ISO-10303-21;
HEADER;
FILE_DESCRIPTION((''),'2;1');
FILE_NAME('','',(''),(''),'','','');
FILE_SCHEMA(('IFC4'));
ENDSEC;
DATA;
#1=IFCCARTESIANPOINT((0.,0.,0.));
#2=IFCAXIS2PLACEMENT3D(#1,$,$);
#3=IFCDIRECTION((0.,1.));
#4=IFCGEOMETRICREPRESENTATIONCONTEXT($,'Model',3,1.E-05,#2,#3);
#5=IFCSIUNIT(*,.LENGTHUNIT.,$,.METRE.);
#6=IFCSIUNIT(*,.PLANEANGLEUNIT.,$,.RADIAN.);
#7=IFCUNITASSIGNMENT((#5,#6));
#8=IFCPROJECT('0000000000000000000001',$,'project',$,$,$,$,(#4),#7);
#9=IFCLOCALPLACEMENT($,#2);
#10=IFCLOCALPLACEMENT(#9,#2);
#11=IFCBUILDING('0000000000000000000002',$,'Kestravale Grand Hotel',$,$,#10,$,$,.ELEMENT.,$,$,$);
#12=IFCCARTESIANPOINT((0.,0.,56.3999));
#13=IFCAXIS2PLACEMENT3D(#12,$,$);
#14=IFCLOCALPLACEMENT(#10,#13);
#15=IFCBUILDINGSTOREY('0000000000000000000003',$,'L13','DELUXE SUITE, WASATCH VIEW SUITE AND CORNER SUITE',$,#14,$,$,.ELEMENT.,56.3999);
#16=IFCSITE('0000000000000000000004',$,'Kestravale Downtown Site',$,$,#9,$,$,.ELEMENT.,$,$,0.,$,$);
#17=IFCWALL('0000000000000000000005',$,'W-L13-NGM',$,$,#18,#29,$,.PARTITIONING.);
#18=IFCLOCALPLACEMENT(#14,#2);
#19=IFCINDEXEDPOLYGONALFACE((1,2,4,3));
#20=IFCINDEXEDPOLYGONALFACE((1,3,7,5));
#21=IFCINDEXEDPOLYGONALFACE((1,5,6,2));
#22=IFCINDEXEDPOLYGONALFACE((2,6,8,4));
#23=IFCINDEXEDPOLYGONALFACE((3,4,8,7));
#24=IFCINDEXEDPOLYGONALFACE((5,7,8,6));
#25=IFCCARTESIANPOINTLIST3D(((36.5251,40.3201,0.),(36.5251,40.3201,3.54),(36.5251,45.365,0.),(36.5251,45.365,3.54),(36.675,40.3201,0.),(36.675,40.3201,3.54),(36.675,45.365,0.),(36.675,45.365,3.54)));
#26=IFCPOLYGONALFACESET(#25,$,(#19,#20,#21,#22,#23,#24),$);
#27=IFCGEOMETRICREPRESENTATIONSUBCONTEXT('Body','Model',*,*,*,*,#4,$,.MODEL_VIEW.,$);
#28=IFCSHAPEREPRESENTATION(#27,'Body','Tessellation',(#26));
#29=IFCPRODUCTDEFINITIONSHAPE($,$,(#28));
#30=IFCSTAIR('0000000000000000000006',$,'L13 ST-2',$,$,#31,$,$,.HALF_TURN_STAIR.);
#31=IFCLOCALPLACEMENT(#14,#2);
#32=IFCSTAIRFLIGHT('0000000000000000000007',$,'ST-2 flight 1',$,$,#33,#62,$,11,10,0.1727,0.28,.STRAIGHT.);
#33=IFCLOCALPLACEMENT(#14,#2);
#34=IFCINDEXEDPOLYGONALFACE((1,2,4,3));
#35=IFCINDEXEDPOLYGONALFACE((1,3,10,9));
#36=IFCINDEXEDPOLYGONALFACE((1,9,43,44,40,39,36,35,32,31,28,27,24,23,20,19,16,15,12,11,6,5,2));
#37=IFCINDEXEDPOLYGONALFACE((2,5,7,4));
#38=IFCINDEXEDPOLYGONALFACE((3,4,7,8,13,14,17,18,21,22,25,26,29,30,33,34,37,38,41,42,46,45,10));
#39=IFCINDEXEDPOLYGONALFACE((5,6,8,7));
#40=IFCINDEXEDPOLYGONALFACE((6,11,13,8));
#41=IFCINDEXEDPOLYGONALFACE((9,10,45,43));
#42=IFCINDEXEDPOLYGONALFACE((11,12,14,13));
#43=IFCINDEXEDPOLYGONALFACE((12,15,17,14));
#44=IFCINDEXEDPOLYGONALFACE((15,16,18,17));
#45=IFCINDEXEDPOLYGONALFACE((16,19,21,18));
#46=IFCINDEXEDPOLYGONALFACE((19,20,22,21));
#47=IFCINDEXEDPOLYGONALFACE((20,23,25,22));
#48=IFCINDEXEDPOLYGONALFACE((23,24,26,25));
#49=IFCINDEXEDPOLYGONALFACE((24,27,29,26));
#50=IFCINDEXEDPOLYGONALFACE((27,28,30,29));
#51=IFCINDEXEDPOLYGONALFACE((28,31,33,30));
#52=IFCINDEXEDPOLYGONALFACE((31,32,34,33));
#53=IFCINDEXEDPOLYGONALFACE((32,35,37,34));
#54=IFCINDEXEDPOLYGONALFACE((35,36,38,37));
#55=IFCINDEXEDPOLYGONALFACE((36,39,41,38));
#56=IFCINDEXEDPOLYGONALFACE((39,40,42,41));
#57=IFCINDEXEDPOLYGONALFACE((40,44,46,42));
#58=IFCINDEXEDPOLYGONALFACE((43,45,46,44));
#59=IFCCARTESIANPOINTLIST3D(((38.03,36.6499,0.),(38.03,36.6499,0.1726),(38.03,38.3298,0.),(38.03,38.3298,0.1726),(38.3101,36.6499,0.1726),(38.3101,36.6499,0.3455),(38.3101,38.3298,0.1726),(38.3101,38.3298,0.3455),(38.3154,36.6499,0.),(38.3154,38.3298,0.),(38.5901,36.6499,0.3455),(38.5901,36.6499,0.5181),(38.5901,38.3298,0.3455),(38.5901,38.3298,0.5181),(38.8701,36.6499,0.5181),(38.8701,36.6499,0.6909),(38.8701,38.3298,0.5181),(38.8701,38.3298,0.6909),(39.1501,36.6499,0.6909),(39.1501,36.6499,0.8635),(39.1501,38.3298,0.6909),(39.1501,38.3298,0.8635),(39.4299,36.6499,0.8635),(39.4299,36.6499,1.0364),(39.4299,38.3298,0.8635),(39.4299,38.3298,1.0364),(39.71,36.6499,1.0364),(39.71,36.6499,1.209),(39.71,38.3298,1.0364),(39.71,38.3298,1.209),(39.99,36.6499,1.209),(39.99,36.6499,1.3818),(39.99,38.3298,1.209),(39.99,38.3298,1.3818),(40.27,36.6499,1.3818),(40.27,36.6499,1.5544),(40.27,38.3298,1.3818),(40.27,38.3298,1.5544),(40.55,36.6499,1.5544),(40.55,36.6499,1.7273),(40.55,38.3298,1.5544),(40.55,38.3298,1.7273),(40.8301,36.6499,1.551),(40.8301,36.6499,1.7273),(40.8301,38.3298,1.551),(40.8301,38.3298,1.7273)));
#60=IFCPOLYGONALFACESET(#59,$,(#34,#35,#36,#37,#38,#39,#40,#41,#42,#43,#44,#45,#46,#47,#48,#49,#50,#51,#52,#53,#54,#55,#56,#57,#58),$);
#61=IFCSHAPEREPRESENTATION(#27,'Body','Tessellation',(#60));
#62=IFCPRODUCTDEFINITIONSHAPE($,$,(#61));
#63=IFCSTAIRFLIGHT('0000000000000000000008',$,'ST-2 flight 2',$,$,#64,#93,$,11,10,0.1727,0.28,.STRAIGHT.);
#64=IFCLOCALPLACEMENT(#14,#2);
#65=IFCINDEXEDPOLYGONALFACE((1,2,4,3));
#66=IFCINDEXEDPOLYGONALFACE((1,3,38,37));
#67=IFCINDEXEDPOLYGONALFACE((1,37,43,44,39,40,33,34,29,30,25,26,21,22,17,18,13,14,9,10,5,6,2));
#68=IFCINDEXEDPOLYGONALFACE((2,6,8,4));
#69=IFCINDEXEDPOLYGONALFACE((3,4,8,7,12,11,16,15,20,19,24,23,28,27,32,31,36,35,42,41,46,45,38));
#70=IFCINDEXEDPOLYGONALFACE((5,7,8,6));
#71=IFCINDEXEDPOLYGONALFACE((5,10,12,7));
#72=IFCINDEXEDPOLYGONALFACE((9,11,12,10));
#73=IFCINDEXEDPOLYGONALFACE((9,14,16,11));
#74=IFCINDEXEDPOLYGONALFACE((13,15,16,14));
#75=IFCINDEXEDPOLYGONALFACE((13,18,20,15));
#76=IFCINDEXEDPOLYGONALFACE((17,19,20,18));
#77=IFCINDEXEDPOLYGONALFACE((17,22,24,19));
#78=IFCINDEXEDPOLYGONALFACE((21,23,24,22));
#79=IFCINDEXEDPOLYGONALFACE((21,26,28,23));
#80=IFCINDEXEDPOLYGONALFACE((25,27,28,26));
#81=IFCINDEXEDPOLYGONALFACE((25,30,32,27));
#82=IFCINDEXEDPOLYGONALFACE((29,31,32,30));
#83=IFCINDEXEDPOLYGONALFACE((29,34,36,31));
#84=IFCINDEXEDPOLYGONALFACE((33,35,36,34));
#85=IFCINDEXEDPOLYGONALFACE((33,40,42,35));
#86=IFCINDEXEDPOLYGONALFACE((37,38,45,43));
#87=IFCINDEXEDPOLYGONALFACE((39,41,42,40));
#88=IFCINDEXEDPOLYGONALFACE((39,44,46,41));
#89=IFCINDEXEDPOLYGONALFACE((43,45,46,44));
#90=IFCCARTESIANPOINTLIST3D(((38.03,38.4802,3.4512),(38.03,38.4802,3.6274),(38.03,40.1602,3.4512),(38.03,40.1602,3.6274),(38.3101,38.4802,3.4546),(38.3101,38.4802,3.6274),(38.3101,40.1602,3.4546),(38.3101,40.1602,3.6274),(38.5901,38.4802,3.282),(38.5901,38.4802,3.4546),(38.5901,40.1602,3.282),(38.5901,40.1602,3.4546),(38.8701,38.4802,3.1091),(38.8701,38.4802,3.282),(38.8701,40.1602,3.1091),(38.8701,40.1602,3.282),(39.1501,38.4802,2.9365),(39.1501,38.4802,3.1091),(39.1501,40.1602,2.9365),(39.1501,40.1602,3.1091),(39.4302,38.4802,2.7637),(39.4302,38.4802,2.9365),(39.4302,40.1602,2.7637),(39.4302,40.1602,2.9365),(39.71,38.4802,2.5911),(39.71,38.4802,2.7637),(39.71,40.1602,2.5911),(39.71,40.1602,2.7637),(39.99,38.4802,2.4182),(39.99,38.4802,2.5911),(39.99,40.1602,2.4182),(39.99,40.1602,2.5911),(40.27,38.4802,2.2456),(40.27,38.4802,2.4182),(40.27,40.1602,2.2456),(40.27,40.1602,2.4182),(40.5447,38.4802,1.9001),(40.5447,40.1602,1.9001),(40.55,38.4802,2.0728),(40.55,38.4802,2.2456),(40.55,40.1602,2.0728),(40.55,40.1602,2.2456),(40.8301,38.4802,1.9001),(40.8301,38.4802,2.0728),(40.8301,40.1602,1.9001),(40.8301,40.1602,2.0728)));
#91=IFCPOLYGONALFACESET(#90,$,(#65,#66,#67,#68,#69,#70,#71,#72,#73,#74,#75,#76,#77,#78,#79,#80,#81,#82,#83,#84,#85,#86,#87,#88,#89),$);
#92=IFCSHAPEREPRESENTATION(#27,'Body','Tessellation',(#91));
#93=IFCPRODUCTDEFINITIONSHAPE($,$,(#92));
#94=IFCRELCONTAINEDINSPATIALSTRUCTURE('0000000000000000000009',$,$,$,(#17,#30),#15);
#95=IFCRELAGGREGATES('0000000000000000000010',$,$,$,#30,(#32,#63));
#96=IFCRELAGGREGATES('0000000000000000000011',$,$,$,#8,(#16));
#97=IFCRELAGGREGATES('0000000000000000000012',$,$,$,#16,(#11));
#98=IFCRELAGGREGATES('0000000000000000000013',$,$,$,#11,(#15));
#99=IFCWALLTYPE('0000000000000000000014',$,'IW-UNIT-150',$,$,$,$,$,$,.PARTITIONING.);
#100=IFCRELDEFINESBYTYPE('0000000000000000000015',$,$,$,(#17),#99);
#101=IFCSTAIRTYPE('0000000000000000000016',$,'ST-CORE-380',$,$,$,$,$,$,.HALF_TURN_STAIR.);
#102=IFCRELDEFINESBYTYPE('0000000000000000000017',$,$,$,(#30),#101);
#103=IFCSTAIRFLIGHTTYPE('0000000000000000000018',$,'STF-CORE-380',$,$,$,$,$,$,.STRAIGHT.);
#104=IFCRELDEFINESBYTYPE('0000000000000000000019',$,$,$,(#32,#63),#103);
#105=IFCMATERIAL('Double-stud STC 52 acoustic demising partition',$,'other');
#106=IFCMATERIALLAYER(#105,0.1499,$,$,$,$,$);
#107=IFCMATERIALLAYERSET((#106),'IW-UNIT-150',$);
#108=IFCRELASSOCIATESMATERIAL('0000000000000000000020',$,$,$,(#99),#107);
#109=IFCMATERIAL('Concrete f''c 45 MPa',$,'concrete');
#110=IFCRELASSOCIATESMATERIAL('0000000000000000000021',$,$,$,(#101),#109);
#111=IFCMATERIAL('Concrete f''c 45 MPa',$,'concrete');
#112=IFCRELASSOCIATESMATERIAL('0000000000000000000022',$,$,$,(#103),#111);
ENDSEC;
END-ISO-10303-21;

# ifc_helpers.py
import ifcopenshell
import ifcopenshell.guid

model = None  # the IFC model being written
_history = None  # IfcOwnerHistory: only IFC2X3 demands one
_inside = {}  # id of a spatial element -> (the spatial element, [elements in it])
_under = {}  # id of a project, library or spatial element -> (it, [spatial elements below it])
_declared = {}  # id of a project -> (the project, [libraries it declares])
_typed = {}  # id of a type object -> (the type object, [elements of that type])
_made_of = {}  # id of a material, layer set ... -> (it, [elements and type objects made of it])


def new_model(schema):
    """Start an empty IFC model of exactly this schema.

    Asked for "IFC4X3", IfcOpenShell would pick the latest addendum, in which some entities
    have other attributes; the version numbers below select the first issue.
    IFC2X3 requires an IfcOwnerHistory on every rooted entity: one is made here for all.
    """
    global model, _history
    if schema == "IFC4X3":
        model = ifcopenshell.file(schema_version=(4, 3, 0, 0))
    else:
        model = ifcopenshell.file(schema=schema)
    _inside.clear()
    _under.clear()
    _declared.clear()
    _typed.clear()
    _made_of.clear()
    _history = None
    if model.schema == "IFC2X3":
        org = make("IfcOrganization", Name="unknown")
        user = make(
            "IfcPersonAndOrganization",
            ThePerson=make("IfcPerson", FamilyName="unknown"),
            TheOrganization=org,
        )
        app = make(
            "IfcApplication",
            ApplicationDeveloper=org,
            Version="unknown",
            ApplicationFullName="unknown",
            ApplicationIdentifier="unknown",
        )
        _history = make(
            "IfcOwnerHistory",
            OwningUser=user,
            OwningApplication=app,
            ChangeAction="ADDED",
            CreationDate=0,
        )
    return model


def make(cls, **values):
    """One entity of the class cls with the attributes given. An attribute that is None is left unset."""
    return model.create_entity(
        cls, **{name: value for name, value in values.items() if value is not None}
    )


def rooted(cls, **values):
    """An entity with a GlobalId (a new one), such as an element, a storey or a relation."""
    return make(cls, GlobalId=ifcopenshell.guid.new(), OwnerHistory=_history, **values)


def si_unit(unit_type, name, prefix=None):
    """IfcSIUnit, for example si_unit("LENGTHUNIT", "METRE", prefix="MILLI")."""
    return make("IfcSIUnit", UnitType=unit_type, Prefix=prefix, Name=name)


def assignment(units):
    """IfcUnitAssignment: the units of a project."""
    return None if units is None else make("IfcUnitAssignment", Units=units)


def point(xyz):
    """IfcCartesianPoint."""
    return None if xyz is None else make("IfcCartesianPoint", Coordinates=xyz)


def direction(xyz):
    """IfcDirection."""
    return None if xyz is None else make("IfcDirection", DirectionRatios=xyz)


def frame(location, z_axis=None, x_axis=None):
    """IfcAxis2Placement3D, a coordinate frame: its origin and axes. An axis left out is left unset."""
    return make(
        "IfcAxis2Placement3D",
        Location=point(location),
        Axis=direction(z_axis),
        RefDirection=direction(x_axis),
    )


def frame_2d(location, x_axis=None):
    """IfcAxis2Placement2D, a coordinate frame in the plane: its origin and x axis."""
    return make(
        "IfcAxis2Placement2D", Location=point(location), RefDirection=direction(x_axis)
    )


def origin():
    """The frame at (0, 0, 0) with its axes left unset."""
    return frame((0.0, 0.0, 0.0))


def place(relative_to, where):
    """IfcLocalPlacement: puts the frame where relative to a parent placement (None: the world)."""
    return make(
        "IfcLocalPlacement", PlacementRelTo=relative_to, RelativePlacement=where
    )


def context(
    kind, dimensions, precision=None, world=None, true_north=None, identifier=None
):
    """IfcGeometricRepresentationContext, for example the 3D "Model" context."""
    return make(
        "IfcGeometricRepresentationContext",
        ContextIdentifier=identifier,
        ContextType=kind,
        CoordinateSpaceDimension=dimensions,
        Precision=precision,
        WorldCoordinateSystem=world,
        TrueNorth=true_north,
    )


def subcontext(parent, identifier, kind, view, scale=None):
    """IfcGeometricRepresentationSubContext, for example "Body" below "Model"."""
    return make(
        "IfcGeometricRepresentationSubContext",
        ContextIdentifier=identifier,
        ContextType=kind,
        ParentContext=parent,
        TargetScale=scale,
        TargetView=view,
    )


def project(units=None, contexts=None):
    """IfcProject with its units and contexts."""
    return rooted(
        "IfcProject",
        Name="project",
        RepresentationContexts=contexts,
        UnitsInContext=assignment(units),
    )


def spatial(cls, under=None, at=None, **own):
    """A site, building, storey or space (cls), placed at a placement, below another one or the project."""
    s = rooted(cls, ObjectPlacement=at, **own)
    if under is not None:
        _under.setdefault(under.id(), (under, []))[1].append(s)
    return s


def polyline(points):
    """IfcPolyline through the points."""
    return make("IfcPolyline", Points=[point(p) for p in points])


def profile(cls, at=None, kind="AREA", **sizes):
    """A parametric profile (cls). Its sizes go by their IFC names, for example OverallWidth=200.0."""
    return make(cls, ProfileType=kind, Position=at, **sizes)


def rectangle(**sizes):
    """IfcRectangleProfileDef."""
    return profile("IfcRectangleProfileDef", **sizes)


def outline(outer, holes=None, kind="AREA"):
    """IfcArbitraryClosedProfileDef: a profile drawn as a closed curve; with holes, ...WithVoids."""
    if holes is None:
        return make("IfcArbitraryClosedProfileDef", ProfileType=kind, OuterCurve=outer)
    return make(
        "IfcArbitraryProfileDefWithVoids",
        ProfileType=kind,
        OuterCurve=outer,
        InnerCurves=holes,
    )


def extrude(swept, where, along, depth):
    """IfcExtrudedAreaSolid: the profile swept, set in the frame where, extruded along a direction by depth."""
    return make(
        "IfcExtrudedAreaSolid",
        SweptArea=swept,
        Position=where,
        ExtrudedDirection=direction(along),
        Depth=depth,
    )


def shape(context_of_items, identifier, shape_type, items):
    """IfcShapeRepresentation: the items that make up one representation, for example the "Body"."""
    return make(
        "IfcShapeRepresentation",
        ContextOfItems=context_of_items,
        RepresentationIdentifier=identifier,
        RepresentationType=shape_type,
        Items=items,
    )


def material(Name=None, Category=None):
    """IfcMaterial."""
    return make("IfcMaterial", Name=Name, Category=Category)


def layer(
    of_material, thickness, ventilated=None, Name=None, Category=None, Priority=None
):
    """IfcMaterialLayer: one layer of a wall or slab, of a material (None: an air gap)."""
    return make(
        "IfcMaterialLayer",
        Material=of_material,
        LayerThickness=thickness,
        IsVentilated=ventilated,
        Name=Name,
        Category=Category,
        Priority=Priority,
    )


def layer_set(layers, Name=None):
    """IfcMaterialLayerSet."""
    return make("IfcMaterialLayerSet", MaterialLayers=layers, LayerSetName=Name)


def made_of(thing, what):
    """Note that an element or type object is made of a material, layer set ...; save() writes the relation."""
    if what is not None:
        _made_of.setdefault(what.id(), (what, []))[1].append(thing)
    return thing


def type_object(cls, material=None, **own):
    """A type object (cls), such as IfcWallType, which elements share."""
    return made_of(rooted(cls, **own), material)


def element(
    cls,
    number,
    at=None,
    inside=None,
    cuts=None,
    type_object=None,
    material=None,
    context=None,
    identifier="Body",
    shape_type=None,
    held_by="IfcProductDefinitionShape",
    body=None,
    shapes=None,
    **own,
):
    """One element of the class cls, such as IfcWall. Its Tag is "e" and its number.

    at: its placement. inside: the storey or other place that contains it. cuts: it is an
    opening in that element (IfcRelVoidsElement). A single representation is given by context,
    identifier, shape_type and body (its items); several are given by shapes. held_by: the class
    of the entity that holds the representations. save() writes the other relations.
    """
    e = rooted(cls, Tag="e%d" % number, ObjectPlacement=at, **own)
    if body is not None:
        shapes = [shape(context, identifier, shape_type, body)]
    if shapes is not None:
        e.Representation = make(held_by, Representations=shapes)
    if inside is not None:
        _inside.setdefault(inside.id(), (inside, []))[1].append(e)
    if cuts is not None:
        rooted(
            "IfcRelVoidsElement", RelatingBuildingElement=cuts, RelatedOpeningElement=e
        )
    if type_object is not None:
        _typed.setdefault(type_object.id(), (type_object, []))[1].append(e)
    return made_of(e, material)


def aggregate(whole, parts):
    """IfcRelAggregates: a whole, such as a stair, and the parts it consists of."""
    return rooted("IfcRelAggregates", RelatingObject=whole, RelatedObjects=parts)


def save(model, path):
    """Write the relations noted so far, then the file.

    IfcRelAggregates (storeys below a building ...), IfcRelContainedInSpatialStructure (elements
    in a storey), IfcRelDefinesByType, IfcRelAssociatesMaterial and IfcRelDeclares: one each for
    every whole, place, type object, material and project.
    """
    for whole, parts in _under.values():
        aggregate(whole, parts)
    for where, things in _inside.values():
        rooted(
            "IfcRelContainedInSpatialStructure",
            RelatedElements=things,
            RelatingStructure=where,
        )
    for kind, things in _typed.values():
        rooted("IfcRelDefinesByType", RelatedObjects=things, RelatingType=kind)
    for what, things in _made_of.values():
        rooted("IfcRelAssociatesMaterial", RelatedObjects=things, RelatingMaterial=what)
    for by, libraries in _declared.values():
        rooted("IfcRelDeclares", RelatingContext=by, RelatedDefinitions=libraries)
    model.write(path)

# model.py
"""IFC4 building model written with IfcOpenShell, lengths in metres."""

from ifc_helpers import new_model, si_unit, direction, frame, frame_2d, origin, place, context, subcontext, project, spatial, polyline, rectangle, outline, extrude, material, layer, layer_set, type_object, element, aggregate, save


model = new_model("IFC4")

# Units and contexts
model_context = context("Model", 3, precision=1e-05, world=origin(), true_north=direction((0.0, 1.0)))
body_context = subcontext(model_context, "Body", "Model", "MODEL_VIEW")
ifc_project = project(units=[si_unit("LENGTHUNIT", "METRE"), si_unit("PLANEANGLEUNIT", "RADIAN")], contexts=[model_context])

# Site, building, storey
site_placement = place(None, origin())
site = spatial("IfcSite", under=ifc_project, at=site_placement, Name="Kestravale Downtown Site", CompositionType="ELEMENT", RefElevation=0.0)
building_placement = place(site_placement, origin())
building = spatial("IfcBuilding", under=site, at=building_placement, Name="Kestravale Grand Hotel", CompositionType="ELEMENT")
storey_placement = place(building_placement, frame((0.0, 0.0, 56.3999)))
storey = spatial("IfcBuildingStorey", under=building, at=storey_placement, Name="L13", Description="DELUXE SUITE, WASATCH VIEW SUITE AND CORNER SUITE", CompositionType="ELEMENT", Elevation=56.3999)

# Wall
ifc_material_1 = material(Name="Double-stud STC 52 acoustic demising partition", Category="other")
ifc_layer_1 = layer(ifc_material_1, 0.1499)
ifc_layer_set_1 = layer_set([ifc_layer_1], Name="IW-UNIT-150")
wall_type_1 = type_object("IfcWallType", Name="IW-UNIT-150", PredefinedType="PARTITIONING", material=ifc_layer_set_1)
wall_1_placement = place(storey_placement, frame((36.6001, 40.3201, 0.0), z_axis=(0.0, 0.0, 1.0), x_axis=(0.0, 1.0, 0.0)))
element("IfcWall", 1, at=wall_1_placement, inside=storey, type_object=wall_type_1, Name="W-L13-NGM", PredefinedType="PARTITIONING", context=body_context, shape_type="SweptSolid", body=[
    extrude(rectangle(XDim=5.0449, YDim=0.1499, at=frame_2d((2.5225, 0.0))), origin(), (0.0, 0.0, 1.0), 3.54),
])

# Stair, stair flights
ifc_material_2 = material(Name="Concrete f'c 45 MPa", Category="concrete")
stair_type = type_object("IfcStairType", Name="ST-CORE-380", PredefinedType="HALF_TURN_STAIR", material=ifc_material_2)
stair_placement = place(storey_placement, origin())
stair = element("IfcStair", 2, at=stair_placement, inside=storey, type_object=stair_type, Name="L13 ST-2", PredefinedType="HALF_TURN_STAIR")
ifc_material_3 = material(Name="Concrete f'c 45 MPa", Category="concrete")
stair_flight_type = type_object("IfcStairFlightType", Name="STF-CORE-380", PredefinedType="STRAIGHT", material=ifc_material_3)
stair_flight_1_placement = place(storey_placement, frame((38.03, 37.49, 0.0), z_axis=(0.0, 0.0, 1.0), x_axis=(1.0, 0.0, 0.0)))
stair_flight_1 = element("IfcStairFlight", 3, at=stair_flight_1_placement, type_object=stair_flight_type, Name="ST-2 flight 1", NumberOfRisers=11, NumberOfTreads=10, PredefinedType="STRAIGHT", RiserHeight=0.1727, TreadLength=0.28, context=body_context, shape_type="SweptSolid", body=[
    extrude(outline(polyline([(0.0, 0.0), (0.0, 0.1726), (0.28, 0.1726), (0.28, 0.3455), (0.5601, 0.3455), (0.5601, 0.5181), (0.8401, 0.5181), (0.8401, 0.6909), (1.1201, 0.6909), (1.1201, 0.8635), (1.3999, 0.8635), (1.3999, 1.0364), (1.6799, 1.0364), (1.6799, 1.209), (1.96, 1.209), (1.96, 1.3818), (2.24, 1.3818), (2.24, 1.5544), (2.52, 1.5544), (2.52, 1.7273), (2.8, 1.7273), (2.8, 1.8999), (2.8, 1.551), (0.2854, 0.0), (0.0, 0.0)])), frame((0.0, 0.8398, 0.0), z_axis=(0.0, -1.0, 0.0), x_axis=(1.0, 0.0, 0.0)), (0.0, 0.0, 1.0), 1.6799),
])
stair_flight_2_placement = place(storey_placement, frame((40.8301, 39.3201, 1.9001), z_axis=(0.0, 0.0, 1.0), x_axis=(-1.0, 0.0, 0.0)))
stair_flight_2 = element("IfcStairFlight", 4, at=stair_flight_2_placement, type_object=stair_flight_type, Name="ST-2 flight 2", NumberOfRisers=11, NumberOfTreads=10, PredefinedType="STRAIGHT", RiserHeight=0.1727, TreadLength=0.28, context=body_context, shape_type="SweptSolid", body=[
    extrude(outline(polyline([(0.0, 0.0), (0.0, 0.1726), (0.28, 0.1726), (0.28, 0.3455), (0.5601, 0.3455), (0.5601, 0.5181), (0.8401, 0.5181), (0.8401, 0.6909), (1.1201, 0.6909), (1.1201, 0.8635), (1.3999, 0.8635), (1.3999, 1.0364), (1.6799, 1.0364), (1.6799, 1.209), (1.96, 1.209), (1.96, 1.3818), (2.24, 1.3818), (2.24, 1.5544), (2.52, 1.5544), (2.52, 1.7273), (2.8, 1.7273), (2.8, 1.8999), (2.8, 1.551), (0.2854, 0.0), (0.0, 0.0)])), frame((0.0, 0.8398, 0.0), z_axis=(0.0, -1.0, 0.0), x_axis=(1.0, 0.0, 0.0)), (0.0, 0.0, 1.0), 1.6799),
])
aggregate(stair, [stair_flight_1, stair_flight_2])

save(model, "model.ifc")
